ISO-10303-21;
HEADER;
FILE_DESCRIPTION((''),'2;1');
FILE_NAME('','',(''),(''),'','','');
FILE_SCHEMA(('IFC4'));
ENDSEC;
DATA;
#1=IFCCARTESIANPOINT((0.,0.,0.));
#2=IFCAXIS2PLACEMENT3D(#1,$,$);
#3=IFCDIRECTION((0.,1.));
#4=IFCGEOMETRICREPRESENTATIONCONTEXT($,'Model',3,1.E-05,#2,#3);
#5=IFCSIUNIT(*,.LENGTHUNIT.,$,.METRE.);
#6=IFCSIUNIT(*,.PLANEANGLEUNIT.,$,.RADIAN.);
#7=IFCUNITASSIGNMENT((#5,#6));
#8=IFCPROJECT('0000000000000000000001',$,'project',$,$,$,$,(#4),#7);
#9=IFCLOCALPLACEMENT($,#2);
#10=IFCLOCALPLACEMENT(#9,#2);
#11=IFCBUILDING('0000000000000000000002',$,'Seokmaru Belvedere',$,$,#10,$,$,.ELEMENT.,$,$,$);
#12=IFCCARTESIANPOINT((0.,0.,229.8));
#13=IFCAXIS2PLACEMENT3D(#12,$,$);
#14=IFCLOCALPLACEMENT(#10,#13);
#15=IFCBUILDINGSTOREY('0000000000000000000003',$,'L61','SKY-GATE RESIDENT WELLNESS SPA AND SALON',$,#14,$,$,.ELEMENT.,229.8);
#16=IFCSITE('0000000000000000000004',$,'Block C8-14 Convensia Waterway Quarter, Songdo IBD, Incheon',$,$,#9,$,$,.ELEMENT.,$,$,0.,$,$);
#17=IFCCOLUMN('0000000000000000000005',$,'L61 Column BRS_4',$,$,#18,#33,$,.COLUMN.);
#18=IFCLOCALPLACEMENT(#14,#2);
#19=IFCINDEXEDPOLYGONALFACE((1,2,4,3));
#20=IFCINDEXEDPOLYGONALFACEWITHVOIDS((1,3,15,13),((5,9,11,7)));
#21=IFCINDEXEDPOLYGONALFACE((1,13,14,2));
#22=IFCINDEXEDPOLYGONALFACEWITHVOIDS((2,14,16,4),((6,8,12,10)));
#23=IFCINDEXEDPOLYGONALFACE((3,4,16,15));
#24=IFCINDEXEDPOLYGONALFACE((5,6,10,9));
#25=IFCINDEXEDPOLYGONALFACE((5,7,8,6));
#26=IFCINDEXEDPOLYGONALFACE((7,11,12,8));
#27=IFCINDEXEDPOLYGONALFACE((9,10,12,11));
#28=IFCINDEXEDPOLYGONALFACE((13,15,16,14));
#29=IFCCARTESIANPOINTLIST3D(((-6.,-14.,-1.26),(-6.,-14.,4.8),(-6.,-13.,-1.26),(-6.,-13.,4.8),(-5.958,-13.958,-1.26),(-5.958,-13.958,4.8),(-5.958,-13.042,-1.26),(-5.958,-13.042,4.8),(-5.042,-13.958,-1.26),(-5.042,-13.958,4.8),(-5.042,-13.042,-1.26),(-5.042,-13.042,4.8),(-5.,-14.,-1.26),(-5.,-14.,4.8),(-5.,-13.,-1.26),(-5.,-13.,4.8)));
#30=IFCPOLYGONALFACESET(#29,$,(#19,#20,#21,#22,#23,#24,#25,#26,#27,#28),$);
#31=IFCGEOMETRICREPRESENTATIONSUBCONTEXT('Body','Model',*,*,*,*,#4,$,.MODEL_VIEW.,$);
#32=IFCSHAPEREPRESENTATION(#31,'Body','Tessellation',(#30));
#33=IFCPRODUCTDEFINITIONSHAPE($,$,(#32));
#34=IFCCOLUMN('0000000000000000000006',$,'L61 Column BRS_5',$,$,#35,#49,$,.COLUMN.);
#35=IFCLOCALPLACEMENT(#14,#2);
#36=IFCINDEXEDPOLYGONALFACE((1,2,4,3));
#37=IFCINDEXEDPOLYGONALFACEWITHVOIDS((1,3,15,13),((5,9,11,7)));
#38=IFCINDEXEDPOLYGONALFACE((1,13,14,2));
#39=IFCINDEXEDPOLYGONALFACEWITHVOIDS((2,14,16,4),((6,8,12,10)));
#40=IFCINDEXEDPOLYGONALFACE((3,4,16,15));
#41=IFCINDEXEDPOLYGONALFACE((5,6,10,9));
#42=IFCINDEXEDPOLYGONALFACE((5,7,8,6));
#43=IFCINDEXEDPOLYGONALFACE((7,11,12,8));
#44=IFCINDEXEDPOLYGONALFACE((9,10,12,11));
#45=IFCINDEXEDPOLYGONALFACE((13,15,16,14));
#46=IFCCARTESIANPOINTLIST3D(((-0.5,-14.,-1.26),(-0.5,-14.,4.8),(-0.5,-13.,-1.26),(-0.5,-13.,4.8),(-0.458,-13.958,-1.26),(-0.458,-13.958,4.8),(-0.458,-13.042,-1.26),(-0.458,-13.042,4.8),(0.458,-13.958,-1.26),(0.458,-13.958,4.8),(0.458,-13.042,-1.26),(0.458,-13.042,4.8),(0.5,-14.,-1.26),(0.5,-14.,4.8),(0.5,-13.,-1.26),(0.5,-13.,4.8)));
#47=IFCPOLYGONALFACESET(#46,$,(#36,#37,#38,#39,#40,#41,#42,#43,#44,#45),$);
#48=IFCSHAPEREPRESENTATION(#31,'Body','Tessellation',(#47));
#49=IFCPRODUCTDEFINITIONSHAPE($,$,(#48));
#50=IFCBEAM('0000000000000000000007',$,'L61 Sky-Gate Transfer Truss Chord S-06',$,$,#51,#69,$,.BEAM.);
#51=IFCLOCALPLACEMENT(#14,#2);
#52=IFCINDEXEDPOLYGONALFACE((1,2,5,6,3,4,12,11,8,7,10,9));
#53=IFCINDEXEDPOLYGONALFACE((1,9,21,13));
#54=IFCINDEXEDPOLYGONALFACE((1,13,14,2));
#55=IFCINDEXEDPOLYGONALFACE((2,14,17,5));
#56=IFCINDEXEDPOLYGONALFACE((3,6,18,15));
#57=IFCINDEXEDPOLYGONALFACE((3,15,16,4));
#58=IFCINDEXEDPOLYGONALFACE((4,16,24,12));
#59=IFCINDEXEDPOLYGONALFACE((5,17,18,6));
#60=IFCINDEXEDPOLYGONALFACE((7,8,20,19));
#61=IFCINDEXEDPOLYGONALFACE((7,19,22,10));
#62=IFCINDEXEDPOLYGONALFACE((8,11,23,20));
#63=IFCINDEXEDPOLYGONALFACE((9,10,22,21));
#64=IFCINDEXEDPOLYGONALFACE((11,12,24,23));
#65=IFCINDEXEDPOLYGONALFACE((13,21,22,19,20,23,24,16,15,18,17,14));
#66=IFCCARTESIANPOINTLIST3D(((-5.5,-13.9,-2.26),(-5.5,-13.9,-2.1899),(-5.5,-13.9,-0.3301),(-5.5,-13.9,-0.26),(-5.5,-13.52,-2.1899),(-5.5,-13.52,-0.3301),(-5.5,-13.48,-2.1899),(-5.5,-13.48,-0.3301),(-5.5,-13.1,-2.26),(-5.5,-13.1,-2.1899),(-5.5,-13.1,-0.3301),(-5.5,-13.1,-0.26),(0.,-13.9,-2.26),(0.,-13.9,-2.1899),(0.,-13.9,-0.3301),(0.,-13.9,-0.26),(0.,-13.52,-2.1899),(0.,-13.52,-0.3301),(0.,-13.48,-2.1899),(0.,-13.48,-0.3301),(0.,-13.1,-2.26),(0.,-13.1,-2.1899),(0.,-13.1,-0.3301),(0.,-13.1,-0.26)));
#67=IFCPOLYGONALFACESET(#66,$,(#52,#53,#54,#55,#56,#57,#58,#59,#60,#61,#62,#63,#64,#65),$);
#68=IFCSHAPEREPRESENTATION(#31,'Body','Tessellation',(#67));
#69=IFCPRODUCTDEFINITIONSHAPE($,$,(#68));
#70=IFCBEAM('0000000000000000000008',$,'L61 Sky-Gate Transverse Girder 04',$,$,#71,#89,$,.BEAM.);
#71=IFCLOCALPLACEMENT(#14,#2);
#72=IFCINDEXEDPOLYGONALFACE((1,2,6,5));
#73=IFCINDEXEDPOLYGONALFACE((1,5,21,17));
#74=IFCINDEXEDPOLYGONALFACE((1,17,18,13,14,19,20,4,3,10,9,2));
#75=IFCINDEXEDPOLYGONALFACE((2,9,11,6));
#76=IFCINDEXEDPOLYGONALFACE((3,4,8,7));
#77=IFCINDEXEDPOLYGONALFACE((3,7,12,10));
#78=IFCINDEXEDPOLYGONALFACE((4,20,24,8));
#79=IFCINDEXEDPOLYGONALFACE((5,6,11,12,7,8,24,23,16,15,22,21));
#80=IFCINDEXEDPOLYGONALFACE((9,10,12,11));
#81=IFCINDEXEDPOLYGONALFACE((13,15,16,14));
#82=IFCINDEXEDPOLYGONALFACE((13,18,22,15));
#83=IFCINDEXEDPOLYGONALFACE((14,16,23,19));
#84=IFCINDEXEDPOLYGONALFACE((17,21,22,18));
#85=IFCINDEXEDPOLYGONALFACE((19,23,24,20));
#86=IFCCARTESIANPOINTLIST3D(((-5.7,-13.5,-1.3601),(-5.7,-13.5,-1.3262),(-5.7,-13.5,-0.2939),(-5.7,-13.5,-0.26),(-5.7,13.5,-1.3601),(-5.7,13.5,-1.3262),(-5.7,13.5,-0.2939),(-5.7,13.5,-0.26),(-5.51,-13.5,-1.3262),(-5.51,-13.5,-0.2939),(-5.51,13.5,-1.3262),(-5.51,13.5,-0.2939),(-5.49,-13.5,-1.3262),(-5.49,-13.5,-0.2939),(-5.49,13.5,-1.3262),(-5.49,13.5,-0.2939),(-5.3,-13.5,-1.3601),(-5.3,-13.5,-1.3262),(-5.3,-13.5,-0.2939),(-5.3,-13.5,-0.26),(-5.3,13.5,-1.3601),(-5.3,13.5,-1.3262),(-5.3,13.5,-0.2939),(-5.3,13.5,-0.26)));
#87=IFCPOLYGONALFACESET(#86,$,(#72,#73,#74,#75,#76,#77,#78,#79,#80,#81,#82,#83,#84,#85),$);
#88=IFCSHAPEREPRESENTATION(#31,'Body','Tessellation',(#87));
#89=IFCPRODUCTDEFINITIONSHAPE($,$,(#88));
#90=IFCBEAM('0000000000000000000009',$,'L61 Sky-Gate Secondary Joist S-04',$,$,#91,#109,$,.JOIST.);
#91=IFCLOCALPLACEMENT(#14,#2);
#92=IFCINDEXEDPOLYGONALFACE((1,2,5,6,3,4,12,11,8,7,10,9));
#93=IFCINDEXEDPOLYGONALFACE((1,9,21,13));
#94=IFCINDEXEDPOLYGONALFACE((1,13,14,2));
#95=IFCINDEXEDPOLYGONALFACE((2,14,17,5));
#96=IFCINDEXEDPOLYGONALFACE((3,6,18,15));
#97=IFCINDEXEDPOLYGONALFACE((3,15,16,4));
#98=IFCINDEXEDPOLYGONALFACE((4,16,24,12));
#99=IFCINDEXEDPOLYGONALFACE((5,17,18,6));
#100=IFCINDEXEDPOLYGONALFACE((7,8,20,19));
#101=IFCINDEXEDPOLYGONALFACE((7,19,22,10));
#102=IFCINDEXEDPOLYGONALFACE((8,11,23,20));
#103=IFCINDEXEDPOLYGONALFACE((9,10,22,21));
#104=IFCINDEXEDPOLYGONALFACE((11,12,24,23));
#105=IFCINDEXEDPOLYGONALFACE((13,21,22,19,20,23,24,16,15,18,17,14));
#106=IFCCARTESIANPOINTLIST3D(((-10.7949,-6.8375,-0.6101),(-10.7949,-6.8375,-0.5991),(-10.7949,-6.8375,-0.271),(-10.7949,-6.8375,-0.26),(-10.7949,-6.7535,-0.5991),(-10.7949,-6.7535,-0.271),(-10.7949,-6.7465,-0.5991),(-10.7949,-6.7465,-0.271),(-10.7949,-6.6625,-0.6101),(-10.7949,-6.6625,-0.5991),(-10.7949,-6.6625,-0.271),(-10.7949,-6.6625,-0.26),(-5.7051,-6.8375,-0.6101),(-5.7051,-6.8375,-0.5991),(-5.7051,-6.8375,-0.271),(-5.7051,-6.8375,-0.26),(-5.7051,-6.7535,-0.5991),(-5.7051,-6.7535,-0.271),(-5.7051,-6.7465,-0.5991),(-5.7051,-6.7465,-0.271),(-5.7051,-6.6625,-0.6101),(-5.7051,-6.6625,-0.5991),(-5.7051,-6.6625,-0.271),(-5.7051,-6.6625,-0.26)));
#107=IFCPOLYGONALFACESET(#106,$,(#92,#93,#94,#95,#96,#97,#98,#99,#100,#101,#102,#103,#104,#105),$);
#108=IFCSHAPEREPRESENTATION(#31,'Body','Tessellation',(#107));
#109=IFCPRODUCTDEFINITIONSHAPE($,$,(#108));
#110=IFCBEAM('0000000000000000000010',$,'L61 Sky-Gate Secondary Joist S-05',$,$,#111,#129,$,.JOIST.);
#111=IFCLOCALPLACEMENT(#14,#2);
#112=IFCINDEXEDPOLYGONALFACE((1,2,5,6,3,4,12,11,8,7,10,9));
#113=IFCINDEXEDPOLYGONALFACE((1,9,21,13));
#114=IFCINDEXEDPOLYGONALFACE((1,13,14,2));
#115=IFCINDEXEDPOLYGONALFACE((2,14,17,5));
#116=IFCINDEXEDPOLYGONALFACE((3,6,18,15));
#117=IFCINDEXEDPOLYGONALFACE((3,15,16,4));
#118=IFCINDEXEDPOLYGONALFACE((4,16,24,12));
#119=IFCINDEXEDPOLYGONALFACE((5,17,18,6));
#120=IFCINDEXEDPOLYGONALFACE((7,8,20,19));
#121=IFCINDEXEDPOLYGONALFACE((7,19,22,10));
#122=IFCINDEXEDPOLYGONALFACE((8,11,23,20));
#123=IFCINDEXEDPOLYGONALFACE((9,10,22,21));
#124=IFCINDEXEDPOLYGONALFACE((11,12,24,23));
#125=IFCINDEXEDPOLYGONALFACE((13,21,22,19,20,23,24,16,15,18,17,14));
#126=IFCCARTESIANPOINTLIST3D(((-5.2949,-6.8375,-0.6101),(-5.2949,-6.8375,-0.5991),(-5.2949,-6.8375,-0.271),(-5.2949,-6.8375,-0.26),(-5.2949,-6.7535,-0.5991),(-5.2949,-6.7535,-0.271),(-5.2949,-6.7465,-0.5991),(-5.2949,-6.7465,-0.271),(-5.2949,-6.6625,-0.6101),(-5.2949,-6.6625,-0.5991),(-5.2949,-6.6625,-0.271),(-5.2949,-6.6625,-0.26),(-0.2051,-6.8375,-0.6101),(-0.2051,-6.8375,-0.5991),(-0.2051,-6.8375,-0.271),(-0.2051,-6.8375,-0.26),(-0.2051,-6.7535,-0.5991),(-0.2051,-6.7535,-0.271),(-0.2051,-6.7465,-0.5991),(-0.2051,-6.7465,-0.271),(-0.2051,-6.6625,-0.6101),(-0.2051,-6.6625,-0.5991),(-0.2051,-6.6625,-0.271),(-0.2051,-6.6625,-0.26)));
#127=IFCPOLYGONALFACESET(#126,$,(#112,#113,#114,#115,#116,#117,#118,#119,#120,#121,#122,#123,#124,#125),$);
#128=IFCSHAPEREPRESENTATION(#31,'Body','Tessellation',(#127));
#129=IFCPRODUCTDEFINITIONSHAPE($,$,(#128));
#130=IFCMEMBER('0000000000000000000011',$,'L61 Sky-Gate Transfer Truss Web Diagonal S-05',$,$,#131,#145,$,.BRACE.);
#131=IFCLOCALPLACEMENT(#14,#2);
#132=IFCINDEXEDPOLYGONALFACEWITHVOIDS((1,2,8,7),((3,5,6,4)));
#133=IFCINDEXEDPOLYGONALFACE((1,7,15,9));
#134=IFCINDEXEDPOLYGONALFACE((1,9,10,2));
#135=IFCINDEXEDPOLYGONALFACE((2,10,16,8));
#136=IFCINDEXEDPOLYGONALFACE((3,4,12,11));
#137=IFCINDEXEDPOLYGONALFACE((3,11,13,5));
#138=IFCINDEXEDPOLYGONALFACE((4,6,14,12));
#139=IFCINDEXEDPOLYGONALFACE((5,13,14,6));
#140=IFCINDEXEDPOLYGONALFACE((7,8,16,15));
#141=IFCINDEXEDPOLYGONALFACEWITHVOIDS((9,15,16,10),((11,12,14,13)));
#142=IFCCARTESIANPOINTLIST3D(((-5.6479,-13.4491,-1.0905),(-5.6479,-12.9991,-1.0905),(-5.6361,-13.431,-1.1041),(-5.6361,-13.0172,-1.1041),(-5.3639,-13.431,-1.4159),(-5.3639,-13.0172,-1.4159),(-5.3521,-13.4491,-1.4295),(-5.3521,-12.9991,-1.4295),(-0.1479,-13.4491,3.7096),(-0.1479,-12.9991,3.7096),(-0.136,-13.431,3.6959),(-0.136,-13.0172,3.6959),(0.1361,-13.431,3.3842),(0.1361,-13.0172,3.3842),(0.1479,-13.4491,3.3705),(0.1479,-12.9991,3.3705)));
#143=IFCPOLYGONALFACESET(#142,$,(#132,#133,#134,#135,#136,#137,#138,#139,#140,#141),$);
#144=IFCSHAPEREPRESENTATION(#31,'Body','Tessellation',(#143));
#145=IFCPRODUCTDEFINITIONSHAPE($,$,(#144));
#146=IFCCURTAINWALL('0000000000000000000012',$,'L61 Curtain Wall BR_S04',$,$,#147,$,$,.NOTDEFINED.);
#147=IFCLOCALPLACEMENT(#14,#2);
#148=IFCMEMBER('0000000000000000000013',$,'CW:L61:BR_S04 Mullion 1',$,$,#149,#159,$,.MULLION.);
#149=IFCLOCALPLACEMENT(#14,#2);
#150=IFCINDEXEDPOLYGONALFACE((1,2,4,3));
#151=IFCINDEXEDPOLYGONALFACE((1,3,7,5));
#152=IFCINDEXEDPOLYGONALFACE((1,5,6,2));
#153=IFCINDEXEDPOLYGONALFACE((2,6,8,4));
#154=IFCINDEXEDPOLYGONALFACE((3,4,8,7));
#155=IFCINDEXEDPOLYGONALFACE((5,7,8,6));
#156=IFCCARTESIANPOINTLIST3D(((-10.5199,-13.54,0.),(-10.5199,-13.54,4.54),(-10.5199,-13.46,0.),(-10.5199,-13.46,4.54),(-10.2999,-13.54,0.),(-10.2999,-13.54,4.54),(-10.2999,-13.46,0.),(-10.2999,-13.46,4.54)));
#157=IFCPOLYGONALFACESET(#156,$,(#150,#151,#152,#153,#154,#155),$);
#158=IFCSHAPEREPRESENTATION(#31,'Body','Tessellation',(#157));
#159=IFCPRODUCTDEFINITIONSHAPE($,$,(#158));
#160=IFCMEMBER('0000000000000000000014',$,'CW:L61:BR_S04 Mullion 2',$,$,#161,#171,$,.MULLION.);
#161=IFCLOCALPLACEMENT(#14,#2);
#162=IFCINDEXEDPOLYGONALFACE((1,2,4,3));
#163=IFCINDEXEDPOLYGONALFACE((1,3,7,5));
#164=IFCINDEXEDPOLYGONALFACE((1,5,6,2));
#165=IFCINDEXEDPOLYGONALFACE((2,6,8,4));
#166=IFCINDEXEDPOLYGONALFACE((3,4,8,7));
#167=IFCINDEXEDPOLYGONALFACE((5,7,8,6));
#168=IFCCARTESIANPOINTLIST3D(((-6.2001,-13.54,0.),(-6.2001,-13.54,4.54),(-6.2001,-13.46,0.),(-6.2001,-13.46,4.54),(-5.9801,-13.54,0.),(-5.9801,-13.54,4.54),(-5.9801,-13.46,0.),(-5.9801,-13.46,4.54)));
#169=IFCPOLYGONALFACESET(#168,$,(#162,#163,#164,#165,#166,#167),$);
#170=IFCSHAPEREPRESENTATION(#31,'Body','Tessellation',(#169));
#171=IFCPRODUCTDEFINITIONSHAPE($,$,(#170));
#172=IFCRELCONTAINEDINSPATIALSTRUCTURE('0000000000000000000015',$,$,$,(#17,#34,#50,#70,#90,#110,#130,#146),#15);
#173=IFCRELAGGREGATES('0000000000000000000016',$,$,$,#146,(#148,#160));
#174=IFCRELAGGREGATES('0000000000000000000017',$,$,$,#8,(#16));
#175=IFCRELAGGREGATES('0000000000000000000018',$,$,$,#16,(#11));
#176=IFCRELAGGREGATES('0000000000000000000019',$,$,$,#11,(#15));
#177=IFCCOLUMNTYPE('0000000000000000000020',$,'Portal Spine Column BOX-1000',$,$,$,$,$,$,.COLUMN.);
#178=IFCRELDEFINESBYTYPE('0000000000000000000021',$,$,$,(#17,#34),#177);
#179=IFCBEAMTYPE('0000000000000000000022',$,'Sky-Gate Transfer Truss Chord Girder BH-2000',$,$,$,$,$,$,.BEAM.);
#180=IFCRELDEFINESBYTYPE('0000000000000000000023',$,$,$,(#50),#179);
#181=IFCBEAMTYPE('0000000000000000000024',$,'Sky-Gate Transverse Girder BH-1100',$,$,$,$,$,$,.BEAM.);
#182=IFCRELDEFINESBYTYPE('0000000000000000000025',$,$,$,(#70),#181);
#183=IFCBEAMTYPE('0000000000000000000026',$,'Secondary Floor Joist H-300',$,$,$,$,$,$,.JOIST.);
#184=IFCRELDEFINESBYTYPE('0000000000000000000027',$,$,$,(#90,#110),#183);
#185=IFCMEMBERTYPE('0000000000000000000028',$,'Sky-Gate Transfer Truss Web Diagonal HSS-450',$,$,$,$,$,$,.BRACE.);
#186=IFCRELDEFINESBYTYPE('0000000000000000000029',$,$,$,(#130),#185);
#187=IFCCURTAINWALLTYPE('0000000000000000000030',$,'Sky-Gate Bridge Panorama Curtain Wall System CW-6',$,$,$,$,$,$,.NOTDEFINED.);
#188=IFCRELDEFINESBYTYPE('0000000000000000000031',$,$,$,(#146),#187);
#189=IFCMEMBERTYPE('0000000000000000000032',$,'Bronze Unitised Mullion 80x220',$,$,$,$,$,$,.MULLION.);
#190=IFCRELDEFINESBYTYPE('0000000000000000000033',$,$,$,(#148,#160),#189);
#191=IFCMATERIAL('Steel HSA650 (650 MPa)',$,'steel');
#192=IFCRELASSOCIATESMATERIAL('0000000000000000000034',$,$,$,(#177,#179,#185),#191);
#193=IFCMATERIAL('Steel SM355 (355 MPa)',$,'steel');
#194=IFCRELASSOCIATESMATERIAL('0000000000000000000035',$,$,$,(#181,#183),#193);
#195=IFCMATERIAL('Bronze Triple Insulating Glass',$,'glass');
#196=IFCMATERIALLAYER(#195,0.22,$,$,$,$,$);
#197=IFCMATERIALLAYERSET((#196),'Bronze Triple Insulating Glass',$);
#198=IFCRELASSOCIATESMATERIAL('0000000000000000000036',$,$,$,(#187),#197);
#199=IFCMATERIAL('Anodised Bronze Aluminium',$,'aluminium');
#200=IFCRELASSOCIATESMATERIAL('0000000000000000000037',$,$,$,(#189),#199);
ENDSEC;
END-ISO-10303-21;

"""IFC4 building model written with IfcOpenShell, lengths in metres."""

from ifc_helpers import new_model, si_unit, direction, frame, origin, origin_2d, place, context, subcontext, project, spatial, rectangle, hollow_rectangle, i_section, extrude, source, transform, mapped, material, layer, layer_set, material_profile, profile_set, type_object, type_shapes, element, aggregate, save


model = new_model("IFC4")

# Units and contexts
model_context = context("Model", 3, precision=1e-05, world=origin(), true_north=direction((0.0, 1.0)))
body_context = subcontext(model_context, "Body", "Model", "MODEL_VIEW")
ifc_project = project(units=[si_unit("LENGTHUNIT", "METRE"), si_unit("PLANEANGLEUNIT", "RADIAN")], contexts=[model_context])

# Site, building, storey
site_placement = place(None, origin())
site = spatial("IfcSite", under=ifc_project, at=site_placement, Name="Block C8-14 Convensia Waterway Quarter, Songdo IBD, Incheon", CompositionType="ELEMENT", RefElevation=0.0)
building_placement = place(site_placement, origin())
building = spatial("IfcBuilding", under=site, at=building_placement, Name="Seokmaru Belvedere", CompositionType="ELEMENT")
storey_placement = place(building_placement, frame((0.0, 0.0, 229.8)))
storey = spatial("IfcBuildingStorey", under=building, at=storey_placement, Name="L61", Description="SKY-GATE RESIDENT WELLNESS SPA AND SALON", CompositionType="ELEMENT", Elevation=229.8)

# Columns
ifc_material_1 = material(Name="Steel HSA650 (650 MPa)", Category="steel")
ifc_material_profile_1 = material_profile(ifc_material_1, hollow_rectangle(XDim=1.0, YDim=1.0, WallThickness=0.042, at=origin_2d()), Name="BOX-1000x1000x42")
ifc_profile_set_1 = profile_set([ifc_material_profile_1], Name="Steel HSA650 (650 MPa)")
column_type = type_object("IfcColumnType", Name="Portal Spine Column BOX-1000", PredefinedType="COLUMN", material=ifc_profile_set_1)
shared_shape_1 = source(origin(), body_context, "Body", "SweptSolid", [
    extrude(hollow_rectangle(XDim=1.0, YDim=1.0, WallThickness=0.042, at=origin_2d()), origin(), (0.0, 0.0, 1.0), 6.0601),
])
type_shapes(column_type, [shared_shape_1])
for number, where, z_axis, x_axis, name in (
    (1, (-5.5, -13.5, -1.26), (0.0, 0.0, 1.0), (1.0, 0.0, 0.0), "L61 Column BRS_4"),
    (2, (0.0, -13.5, -1.26), (0.0, 0.0, 1.0), (1.0, 0.0, 0.0), "L61 Column BRS_5"),
):
    element("IfcColumn", number, at=place(storey_placement, frame(where, z_axis=z_axis, x_axis=x_axis)), inside=storey, type_object=column_type, Name=name, PredefinedType="COLUMN", context=body_context, shape_type="MappedRepresentation", body=[
        mapped(shared_shape_1, transform((0.0, 0.0, 0.0), scale=1.0)),
    ])

# Beams
ifc_material_profile_2 = material_profile(ifc_material_1, i_section(OverallWidth=0.8, OverallDepth=2.0, WebThickness=0.04, FlangeThickness=0.0701, at=origin_2d()), Name="BH-2000x800x40x70")
ifc_profile_set_2 = profile_set([ifc_material_profile_2], Name="Steel HSA650 (650 MPa)")
beam_type_1 = type_object("IfcBeamType", Name="Sky-Gate Transfer Truss Chord Girder BH-2000", PredefinedType="BEAM", material=ifc_profile_set_2)
shared_shape_2 = source(origin(), body_context, "Body", "SweptSolid", [
    extrude(i_section(OverallWidth=0.8, OverallDepth=2.0, WebThickness=0.04, FlangeThickness=0.0701, at=origin_2d()), origin(), (0.0, 0.0, 1.0), 5.5),
])
type_shapes(beam_type_1, [shared_shape_2])
beam_1_placement = place(storey_placement, frame((-5.5, -13.5, -1.26), z_axis=(1.0, 0.0, 0.0), x_axis=(0.0, 1.0, 0.0)))
element("IfcBeam", 3, at=beam_1_placement, inside=storey, type_object=beam_type_1, Name="L61 Sky-Gate Transfer Truss Chord S-06", PredefinedType="BEAM", context=body_context, shape_type="MappedRepresentation", body=[
    mapped(shared_shape_2, transform((0.0, 0.0, 0.0), scale=1.0)),
])
ifc_material_2 = material(Name="Steel SM355 (355 MPa)", Category="steel")
ifc_material_profile_3 = material_profile(ifc_material_2, i_section(OverallWidth=0.3999, OverallDepth=1.1001, WebThickness=0.02, FlangeThickness=0.0339, at=origin_2d()), Name="BH-1100x400x20x34")
ifc_profile_set_3 = profile_set([ifc_material_profile_3], Name="Steel SM355 (355 MPa)")
beam_type_2 = type_object("IfcBeamType", Name="Sky-Gate Transverse Girder BH-1100", PredefinedType="BEAM", material=ifc_profile_set_3)
shared_shape_3 = source(origin(), body_context, "Body", "SweptSolid", [
    extrude(i_section(OverallWidth=0.3999, OverallDepth=1.1001, WebThickness=0.02, FlangeThickness=0.0339, at=origin_2d()), origin(), (0.0, 0.0, 1.0), 27.0),
])
type_shapes(beam_type_2, [shared_shape_3])
beam_2_placement = place(storey_placement, frame((-5.5, -13.5, -0.8101), z_axis=(0.0, 1.0, 0.0), x_axis=(-1.0, 0.0, 0.0)))
element("IfcBeam", 4, at=beam_2_placement, inside=storey, type_object=beam_type_2, Name="L61 Sky-Gate Transverse Girder 04", PredefinedType="BEAM", context=body_context, shape_type="MappedRepresentation", body=[
    mapped(shared_shape_3, transform((0.0, 0.0, 0.0), scale=1.0)),
])
ifc_material_profile_4 = material_profile(ifc_material_2, i_section(OverallWidth=0.175, OverallDepth=0.3501, WebThickness=0.0071, FlangeThickness=0.011, at=origin_2d()), Name="H-350x175x7x11")
ifc_profile_set_4 = profile_set([ifc_material_profile_4], Name="Steel SM355 (355 MPa)")
beam_type_3 = type_object("IfcBeamType", Name="Secondary Floor Joist H-300", PredefinedType="JOIST", material=ifc_profile_set_4)
shared_shape_4 = source(origin(), body_context, "Body", "SweptSolid", [
    extrude(i_section(OverallWidth=0.175, OverallDepth=0.3501, WebThickness=0.0071, FlangeThickness=0.011, at=origin_2d()), origin(), (0.0, 0.0, 1.0), 5.0898),
])
type_shapes(beam_type_3, [shared_shape_4])
for number, where, z_axis, x_axis, name in (
    (5, (-10.7949, -6.75, -0.4351), (1.0, 0.0, 0.0), (0.0, 1.0, 0.0), "L61 Sky-Gate Secondary Joist S-04"),
    (6, (-5.2949, -6.75, -0.4351), (1.0, 0.0, 0.0), (0.0, 1.0, 0.0), "L61 Sky-Gate Secondary Joist S-05"),
):
    element("IfcBeam", number, at=place(storey_placement, frame(where, z_axis=z_axis, x_axis=x_axis)), inside=storey, type_object=beam_type_3, Name=name, PredefinedType="JOIST", context=body_context, shape_type="MappedRepresentation", body=[
        mapped(shared_shape_4, transform((0.0, 0.0, 0.0), scale=1.0)),
    ])

# Member
ifc_material_profile_5 = material_profile(ifc_material_1, hollow_rectangle(XDim=0.45, YDim=0.45, WallThickness=0.0181, at=origin_2d()), Name="HSS-450x450x18")
ifc_profile_set_5 = profile_set([ifc_material_profile_5], Name="Steel HSA650 (650 MPa)")
member_type_1 = type_object("IfcMemberType", Name="Sky-Gate Transfer Truss Web Diagonal HSS-450", PredefinedType="BRACE", material=ifc_profile_set_5)
shared_shape_5 = source(origin(), body_context, "Body", "SweptSolid", [
    extrude(hollow_rectangle(XDim=0.45, YDim=0.45, WallThickness=0.0181, at=origin_2d()), origin(), (0.0, 0.0, 1.0), 7.3),
])
type_shapes(member_type_1, [shared_shape_5])
member_1_placement = place(storey_placement, frame((-5.5, -13.2241, -1.26), z_axis=(0.753421, 0.0, 0.657538), x_axis=(0.0, 1.0, 0.0)))
element("IfcMember", 7, at=member_1_placement, inside=storey, type_object=member_type_1, Name="L61 Sky-Gate Transfer Truss Web Diagonal S-05", PredefinedType="BRACE", context=body_context, shape_type="MappedRepresentation", body=[
    mapped(shared_shape_5, transform((0.0, 0.0, 0.0), scale=1.0)),
])

# Curtain wall, members
ifc_material_3 = material(Name="Bronze Triple Insulating Glass", Category="glass")
ifc_layer_1 = layer(ifc_material_3, 0.22)
ifc_layer_set_1 = layer_set([ifc_layer_1], Name="Bronze Triple Insulating Glass")
curtain_wall_type = type_object("IfcCurtainWallType", Name="Sky-Gate Bridge Panorama Curtain Wall System CW-6", PredefinedType="NOTDEFINED", material=ifc_layer_set_1)
curtain_wall_1_placement = place(storey_placement, origin())
curtain_wall_1 = element("IfcCurtainWall", 8, at=curtain_wall_1_placement, inside=storey, type_object=curtain_wall_type, Name="L61 Curtain Wall BR_S04", PredefinedType="NOTDEFINED")
ifc_material_4 = material(Name="Anodised Bronze Aluminium", Category="aluminium")
ifc_material_profile_6 = material_profile(ifc_material_4, rectangle(XDim=0.0801, YDim=0.22, at=origin_2d()), Name="CW-M-80x220")
ifc_profile_set_6 = profile_set([ifc_material_profile_6], Name="Anodised Bronze Aluminium")
member_type_2 = type_object("IfcMemberType", Name="Bronze Unitised Mullion 80x220", PredefinedType="MULLION", material=ifc_profile_set_6)
shared_shape_6 = source(origin(), body_context, "Body", "SweptSolid", [
    extrude(rectangle(XDim=0.0801, YDim=0.22, at=origin_2d()), origin(), (0.0, 0.0, 1.0), 4.54),
])
type_shapes(member_type_2, [shared_shape_6])
member_2_placement = place(storey_placement, frame((-10.4099, -13.5, 0.0), z_axis=(0.0, 0.0, 1.0), x_axis=(0.0, 1.0, 0.0)))
member_2 = element("IfcMember", 9, at=member_2_placement, type_object=member_type_2, Name="CW:L61:BR_S04 Mullion 1", PredefinedType="MULLION", context=body_context, shape_type="MappedRepresentation", body=[
    mapped(shared_shape_6, transform((0.0, 0.0, 0.0), scale=1.0)),
])
member_3_placement = place(storey_placement, frame((-6.0901, -13.5, 0.0), z_axis=(0.0, 0.0, 1.0), x_axis=(0.0, 1.0, 0.0)))
member_3 = element("IfcMember", 10, at=member_3_placement, type_object=member_type_2, Name="CW:L61:BR_S04 Mullion 2", PredefinedType="MULLION", context=body_context, shape_type="MappedRepresentation", body=[
    mapped(shared_shape_6, transform((0.0, 0.0, 0.0), scale=1.0)),
])

aggregate(curtain_wall_1, [member_2, member_3])

save(model, "model.ifc")
